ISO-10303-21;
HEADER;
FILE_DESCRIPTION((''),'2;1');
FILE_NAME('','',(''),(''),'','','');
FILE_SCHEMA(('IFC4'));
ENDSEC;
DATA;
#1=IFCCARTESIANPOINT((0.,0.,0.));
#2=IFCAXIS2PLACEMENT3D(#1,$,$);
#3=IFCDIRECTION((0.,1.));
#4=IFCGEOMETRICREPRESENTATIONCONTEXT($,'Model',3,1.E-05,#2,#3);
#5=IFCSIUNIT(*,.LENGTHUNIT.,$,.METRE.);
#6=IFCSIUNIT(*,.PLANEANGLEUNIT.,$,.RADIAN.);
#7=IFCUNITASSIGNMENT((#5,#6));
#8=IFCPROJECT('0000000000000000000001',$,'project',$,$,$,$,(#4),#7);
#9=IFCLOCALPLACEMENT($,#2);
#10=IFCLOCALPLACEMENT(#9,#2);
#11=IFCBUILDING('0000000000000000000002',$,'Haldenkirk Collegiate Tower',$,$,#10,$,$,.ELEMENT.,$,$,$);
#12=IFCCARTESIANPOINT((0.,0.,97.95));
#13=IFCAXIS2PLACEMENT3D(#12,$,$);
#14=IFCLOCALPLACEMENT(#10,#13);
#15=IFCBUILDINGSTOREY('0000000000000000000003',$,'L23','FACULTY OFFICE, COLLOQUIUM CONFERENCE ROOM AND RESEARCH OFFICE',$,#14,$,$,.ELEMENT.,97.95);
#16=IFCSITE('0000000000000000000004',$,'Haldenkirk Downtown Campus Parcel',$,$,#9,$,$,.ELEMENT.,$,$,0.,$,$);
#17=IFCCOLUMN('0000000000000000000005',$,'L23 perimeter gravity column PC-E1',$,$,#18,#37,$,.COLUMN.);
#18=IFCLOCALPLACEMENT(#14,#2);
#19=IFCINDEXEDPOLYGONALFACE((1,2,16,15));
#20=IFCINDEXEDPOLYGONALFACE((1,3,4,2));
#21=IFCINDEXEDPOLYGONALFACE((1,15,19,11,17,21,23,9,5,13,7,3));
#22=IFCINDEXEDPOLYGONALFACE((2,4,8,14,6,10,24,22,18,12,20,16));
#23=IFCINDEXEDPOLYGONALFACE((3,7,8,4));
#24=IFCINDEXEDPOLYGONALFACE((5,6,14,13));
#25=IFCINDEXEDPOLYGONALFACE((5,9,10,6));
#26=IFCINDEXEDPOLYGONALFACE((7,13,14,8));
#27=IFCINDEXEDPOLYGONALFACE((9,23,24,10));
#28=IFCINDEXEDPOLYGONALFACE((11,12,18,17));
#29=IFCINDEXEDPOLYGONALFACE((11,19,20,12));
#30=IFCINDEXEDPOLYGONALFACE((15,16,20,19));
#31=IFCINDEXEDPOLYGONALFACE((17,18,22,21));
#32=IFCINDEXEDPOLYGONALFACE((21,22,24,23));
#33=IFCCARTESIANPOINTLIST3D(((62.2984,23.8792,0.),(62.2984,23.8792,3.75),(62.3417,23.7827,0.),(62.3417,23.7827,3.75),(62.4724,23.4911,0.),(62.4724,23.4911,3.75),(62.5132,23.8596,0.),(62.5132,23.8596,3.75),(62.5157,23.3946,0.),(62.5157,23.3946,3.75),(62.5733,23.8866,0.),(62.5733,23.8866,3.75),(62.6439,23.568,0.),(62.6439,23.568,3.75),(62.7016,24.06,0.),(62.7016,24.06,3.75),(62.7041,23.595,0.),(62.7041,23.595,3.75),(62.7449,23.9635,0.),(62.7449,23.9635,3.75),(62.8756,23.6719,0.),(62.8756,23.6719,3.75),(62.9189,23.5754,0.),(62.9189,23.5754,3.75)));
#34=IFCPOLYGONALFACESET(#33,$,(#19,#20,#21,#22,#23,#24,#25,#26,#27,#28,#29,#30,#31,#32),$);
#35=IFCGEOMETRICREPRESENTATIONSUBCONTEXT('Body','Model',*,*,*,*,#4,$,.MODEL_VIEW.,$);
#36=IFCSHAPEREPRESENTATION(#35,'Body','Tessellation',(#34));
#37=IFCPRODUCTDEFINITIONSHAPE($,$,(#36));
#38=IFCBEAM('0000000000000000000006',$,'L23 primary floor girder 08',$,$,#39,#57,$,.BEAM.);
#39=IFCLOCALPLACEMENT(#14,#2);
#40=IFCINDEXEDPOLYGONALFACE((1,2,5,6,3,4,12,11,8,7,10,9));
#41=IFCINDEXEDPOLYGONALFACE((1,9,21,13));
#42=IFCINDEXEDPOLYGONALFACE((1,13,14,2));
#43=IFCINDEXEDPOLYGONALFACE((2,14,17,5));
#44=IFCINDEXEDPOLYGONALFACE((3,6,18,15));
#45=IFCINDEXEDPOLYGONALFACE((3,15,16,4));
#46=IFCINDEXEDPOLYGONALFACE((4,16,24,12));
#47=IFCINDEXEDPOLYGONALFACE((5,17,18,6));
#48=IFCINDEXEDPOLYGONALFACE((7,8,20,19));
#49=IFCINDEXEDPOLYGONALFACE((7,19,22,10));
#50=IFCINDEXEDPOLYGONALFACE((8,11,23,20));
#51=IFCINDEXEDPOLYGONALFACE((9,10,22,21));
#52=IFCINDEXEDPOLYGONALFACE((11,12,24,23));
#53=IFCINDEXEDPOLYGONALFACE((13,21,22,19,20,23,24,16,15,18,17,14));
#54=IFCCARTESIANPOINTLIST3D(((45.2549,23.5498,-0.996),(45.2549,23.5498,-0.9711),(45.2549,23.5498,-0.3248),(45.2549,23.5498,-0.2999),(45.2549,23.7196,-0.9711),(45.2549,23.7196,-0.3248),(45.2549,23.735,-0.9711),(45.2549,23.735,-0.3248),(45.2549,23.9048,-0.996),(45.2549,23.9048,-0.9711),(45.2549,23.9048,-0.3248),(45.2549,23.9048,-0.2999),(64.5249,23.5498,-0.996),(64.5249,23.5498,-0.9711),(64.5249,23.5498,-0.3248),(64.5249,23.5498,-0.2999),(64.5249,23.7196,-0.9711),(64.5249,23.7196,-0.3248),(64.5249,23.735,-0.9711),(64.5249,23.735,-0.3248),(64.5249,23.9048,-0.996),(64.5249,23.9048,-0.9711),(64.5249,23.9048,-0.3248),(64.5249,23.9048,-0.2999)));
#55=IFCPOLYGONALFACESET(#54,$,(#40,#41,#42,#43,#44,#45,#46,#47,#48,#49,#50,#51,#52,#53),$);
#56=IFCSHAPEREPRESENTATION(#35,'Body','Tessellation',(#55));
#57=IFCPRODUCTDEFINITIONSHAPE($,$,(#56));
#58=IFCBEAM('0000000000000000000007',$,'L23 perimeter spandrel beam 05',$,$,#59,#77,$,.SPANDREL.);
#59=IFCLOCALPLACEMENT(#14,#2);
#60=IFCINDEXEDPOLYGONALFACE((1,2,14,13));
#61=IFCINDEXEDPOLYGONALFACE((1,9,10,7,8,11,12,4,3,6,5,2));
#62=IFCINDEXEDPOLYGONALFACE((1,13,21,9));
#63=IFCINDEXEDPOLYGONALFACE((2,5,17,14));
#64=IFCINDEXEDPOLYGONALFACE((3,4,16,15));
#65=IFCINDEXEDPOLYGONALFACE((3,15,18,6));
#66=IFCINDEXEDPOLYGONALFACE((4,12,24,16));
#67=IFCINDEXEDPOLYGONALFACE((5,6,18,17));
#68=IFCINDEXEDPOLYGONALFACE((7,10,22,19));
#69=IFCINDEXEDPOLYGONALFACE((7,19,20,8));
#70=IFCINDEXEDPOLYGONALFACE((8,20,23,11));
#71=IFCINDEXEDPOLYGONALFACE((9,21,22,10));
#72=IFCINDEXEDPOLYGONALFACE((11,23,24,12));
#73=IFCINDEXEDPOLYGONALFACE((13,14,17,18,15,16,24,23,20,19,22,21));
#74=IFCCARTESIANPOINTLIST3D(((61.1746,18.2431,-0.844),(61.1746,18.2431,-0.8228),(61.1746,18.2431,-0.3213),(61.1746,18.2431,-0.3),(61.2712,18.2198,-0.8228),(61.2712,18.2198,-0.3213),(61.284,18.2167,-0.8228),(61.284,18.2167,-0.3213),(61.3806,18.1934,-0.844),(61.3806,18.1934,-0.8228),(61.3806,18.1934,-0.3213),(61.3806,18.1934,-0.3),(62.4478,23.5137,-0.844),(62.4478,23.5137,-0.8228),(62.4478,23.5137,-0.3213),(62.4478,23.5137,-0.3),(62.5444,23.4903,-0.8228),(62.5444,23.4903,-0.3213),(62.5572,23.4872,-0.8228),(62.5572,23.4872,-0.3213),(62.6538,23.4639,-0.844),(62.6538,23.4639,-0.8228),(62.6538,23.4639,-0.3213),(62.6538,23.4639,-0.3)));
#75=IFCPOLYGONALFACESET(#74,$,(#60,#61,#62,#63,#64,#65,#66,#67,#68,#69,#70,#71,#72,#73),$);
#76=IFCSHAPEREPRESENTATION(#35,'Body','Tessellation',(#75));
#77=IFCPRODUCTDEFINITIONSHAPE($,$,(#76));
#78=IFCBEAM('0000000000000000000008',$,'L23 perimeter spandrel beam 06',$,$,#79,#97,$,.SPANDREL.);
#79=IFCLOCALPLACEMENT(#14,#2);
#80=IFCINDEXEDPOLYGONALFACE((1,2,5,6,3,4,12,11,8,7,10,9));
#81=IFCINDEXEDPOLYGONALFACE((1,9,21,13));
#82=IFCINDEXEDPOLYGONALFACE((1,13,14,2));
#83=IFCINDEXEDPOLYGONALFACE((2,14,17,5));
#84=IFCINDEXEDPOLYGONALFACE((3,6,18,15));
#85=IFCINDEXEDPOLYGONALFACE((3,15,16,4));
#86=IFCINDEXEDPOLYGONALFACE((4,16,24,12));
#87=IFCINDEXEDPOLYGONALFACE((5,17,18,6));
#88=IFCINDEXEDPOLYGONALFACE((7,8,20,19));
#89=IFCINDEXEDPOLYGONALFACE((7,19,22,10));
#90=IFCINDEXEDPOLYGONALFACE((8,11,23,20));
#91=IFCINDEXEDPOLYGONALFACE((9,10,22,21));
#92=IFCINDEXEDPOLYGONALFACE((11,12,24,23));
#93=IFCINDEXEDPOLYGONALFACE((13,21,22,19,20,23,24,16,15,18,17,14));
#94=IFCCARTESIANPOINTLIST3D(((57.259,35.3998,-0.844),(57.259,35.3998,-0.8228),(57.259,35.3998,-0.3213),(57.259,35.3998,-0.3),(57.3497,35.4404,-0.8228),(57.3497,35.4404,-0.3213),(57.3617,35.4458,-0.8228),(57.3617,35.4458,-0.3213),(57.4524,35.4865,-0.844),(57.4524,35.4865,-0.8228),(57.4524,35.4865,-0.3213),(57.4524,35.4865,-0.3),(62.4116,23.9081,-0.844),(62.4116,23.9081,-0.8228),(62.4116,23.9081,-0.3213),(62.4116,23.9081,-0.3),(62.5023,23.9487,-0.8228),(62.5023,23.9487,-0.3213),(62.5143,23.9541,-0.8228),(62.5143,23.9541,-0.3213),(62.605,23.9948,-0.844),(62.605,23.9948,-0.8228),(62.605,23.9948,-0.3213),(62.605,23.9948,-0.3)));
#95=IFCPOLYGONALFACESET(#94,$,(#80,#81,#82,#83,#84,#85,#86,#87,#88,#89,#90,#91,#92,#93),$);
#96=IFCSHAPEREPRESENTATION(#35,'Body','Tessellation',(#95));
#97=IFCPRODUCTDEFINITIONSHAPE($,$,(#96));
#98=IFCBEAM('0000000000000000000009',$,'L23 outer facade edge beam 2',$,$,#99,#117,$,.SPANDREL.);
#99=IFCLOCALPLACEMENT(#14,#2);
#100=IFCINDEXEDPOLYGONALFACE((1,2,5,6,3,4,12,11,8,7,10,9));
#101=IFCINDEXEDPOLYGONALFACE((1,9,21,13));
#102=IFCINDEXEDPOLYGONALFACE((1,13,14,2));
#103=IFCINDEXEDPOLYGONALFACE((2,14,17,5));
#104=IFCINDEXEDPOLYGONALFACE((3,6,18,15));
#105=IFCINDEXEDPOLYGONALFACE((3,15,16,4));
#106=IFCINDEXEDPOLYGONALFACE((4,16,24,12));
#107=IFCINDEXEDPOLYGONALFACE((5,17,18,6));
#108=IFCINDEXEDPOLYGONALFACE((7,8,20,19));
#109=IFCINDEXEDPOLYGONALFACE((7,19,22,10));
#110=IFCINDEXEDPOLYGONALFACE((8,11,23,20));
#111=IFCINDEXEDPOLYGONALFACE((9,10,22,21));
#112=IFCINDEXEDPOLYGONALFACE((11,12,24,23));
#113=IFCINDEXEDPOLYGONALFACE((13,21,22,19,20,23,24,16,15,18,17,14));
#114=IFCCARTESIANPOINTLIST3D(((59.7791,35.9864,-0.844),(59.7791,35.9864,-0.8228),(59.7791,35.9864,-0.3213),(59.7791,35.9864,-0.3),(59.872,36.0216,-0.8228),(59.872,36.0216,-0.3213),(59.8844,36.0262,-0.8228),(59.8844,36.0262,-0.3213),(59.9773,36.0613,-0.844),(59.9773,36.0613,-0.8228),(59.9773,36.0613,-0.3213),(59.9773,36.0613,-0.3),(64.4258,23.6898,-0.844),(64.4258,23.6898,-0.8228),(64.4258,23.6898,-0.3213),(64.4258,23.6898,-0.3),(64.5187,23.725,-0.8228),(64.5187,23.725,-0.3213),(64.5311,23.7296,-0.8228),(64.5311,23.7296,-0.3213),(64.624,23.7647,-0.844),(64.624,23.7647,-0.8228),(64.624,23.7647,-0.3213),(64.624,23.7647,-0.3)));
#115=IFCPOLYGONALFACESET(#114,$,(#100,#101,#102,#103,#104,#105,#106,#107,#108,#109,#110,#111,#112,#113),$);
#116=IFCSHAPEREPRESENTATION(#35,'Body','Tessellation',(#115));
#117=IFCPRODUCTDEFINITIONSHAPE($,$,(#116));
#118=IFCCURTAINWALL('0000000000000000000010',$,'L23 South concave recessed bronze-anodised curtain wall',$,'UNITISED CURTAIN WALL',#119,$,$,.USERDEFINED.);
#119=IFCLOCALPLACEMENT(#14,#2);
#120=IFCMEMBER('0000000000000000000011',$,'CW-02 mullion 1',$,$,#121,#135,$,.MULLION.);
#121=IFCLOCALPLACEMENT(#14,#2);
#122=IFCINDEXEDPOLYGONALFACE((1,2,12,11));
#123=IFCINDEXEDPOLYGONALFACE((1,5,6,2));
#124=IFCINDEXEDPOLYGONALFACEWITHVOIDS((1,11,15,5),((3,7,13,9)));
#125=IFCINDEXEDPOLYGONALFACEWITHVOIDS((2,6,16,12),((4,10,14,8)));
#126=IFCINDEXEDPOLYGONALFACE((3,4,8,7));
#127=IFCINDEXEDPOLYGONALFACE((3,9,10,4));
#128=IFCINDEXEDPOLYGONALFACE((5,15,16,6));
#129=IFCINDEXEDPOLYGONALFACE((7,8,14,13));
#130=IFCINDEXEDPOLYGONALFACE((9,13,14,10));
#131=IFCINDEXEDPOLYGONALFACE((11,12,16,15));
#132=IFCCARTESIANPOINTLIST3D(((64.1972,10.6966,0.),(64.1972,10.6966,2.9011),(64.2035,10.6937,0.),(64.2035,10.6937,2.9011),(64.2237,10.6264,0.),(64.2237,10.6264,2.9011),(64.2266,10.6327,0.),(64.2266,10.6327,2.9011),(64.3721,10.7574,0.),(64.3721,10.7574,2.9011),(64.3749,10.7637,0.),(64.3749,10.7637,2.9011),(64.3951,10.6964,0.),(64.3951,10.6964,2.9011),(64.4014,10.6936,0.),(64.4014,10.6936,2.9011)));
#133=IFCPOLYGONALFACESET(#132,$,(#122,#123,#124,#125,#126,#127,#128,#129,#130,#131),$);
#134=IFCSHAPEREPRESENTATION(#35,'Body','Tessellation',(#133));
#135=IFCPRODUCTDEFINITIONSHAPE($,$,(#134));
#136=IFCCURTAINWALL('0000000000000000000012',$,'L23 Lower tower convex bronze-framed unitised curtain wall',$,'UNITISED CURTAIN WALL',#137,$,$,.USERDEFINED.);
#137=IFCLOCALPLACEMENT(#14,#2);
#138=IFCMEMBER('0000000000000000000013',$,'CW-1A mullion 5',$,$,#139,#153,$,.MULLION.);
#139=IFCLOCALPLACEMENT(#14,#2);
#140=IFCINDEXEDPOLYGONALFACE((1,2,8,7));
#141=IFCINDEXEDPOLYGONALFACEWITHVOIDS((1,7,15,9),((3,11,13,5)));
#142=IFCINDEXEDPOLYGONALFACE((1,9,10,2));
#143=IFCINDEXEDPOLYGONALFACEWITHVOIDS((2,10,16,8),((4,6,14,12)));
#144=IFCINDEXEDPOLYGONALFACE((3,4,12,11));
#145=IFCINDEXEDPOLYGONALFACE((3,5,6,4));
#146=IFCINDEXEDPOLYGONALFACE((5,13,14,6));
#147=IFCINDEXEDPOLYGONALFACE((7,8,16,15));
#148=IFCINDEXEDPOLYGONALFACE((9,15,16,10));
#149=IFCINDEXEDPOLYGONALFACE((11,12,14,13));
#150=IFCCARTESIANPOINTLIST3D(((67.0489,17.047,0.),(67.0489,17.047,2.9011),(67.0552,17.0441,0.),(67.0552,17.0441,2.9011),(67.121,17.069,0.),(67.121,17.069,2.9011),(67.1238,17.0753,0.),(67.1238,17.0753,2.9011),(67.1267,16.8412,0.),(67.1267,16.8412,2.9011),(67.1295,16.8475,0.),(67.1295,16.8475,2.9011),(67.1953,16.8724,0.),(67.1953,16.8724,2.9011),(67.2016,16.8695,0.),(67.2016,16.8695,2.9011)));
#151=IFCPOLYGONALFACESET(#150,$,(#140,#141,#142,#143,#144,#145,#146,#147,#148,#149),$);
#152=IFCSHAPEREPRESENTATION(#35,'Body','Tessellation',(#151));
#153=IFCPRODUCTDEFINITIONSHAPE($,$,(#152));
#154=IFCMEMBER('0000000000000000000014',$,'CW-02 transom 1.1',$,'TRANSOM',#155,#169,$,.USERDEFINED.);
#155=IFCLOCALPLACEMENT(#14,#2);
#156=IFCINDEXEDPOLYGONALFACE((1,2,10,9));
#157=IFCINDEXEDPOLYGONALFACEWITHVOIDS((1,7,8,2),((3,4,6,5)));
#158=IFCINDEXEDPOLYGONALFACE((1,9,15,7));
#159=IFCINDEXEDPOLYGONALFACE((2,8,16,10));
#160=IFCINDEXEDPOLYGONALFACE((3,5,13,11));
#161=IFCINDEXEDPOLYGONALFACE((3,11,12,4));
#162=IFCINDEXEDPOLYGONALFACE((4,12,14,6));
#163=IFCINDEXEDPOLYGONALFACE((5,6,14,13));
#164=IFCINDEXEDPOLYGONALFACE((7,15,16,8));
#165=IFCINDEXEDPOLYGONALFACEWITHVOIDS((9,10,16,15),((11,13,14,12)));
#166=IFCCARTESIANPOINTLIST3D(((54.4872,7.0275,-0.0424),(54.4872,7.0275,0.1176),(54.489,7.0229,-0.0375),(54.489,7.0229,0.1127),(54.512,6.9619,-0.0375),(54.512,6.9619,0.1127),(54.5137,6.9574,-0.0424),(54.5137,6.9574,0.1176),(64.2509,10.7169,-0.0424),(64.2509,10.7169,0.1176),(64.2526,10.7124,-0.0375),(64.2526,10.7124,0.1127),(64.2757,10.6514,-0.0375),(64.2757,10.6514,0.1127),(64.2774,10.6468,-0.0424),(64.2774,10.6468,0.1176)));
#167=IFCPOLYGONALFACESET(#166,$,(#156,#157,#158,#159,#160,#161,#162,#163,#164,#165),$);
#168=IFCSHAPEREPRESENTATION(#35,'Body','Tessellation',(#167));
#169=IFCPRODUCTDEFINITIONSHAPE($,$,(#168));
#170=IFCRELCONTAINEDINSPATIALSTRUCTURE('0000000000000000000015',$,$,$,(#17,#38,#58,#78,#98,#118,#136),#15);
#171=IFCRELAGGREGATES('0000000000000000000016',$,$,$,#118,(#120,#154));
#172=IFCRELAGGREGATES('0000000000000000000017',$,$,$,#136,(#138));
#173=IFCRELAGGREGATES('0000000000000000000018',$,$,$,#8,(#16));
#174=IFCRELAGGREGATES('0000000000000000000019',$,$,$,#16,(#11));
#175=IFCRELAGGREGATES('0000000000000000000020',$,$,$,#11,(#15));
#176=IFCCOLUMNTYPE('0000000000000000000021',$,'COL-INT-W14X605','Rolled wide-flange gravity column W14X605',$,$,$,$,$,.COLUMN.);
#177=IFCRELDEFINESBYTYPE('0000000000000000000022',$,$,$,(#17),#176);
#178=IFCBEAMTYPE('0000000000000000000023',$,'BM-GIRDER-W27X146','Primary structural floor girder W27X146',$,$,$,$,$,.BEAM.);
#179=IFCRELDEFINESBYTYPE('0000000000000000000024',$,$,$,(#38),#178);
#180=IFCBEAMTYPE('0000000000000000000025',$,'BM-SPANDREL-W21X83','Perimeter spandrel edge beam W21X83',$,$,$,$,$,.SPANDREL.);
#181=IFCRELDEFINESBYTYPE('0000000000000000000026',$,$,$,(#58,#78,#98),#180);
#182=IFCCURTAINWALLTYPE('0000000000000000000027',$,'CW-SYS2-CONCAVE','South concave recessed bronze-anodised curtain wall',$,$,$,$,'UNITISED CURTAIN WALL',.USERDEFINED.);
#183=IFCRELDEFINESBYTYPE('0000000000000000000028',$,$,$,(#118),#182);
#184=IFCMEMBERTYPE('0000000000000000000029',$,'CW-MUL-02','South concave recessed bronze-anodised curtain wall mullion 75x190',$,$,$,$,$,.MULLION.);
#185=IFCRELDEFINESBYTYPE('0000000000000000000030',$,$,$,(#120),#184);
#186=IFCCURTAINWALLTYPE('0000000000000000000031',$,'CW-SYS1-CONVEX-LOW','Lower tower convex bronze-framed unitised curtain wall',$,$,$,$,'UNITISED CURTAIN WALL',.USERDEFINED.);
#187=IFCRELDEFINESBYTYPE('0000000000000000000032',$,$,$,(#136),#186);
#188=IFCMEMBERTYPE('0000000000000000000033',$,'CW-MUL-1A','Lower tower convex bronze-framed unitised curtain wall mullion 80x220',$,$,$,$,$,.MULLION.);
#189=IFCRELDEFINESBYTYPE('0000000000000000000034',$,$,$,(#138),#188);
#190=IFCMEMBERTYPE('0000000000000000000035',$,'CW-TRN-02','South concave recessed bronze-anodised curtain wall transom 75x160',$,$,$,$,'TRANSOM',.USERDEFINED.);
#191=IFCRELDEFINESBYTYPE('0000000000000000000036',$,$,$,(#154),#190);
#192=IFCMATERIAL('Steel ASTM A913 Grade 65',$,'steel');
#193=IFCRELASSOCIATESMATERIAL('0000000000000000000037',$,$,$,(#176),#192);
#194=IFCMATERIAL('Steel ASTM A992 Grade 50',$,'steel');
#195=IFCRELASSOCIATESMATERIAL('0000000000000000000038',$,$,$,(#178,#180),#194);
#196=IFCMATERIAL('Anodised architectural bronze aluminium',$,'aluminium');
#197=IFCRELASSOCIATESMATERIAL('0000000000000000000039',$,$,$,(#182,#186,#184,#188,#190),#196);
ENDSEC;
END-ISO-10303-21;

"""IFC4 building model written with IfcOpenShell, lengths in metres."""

from ifc_helpers import new_model, si_unit, direction, frame, origin, origin_2d, place, context, subcontext, project, spatial, hollow_rectangle, i_section, extrude, material, material_profile, profile_set, type_object, element, aggregate, save


model = new_model("IFC4")

# Units and contexts
model_context = context("Model", 3, precision=1e-05, world=origin(), true_north=direction((0.0, 1.0)))
body_context = subcontext(model_context, "Body", "Model", "MODEL_VIEW")
ifc_project = project(units=[si_unit("LENGTHUNIT", "METRE"), si_unit("PLANEANGLEUNIT", "RADIAN")], contexts=[model_context])

# Site, building, storey
site_placement = place(None, origin())
site = spatial("IfcSite", under=ifc_project, at=site_placement, Name="Haldenkirk Downtown Campus Parcel", CompositionType="ELEMENT", RefElevation=0.0)
building_placement = place(site_placement, origin())
building = spatial("IfcBuilding", under=site, at=building_placement, Name="Haldenkirk Collegiate Tower", CompositionType="ELEMENT")
storey_placement = place(building_placement, frame((0.0, 0.0, 97.95)))
storey = spatial("IfcBuildingStorey", under=building, at=storey_placement, Name="L23", Description="FACULTY OFFICE, COLLOQUIUM CONFERENCE ROOM AND RESEARCH OFFICE", CompositionType="ELEMENT", Elevation=97.95)

# Column
ifc_material_1 = material(Name="Steel ASTM A913 Grade 65", Category="steel")
ifc_material_profile_1 = material_profile(ifc_material_1, i_section(OverallWidth=0.4419, OverallDepth=0.531, WebThickness=0.0659, FlangeThickness=0.1057, at=origin_2d()), Name="W14X605")
ifc_profile_set_1 = profile_set([ifc_material_profile_1], Name="Steel ASTM A913 Grade 65")
column_type = type_object("IfcColumnType", Name="COL-INT-W14X605", Description="Rolled wide-flange gravity column W14X605", PredefinedType="COLUMN", material=ifc_profile_set_1)
column_placement = place(storey_placement, frame((62.6086, 23.7273, 0.0), z_axis=(0.0, 0.0, 1.0), x_axis=(0.912477, 0.409127, 0.0)))
element("IfcColumn", 1, at=column_placement, inside=storey, type_object=column_type, Name="L23 perimeter gravity column PC-E1", PredefinedType="COLUMN", context=body_context, shape_type="SweptSolid", body=[
    extrude(i_section(OverallWidth=0.4419, OverallDepth=0.531, WebThickness=0.0659, FlangeThickness=0.1057, at=origin_2d()), origin(), (0.0, 0.0, 1.0), 3.75),
])

# Beams
ifc_material_2 = material(Name="Steel ASTM A992 Grade 50", Category="steel")
ifc_material_profile_2 = material_profile(ifc_material_2, i_section(OverallWidth=0.355, OverallDepth=0.696, WebThickness=0.0154, FlangeThickness=0.0249, at=origin_2d()), Name="W27X146")
ifc_profile_set_2 = profile_set([ifc_material_profile_2], Name="Steel ASTM A992 Grade 50")
beam_type_1 = type_object("IfcBeamType", Name="BM-GIRDER-W27X146", Description="Primary structural floor girder W27X146", PredefinedType="BEAM", material=ifc_profile_set_2)
beam_1_placement = place(storey_placement, frame((64.5249, 23.7273, -0.6479), z_axis=(-1.0, 0.0, 0.0), x_axis=(0.0, -1.0, 0.0)))
element("IfcBeam", 2, at=beam_1_placement, inside=storey, type_object=beam_type_1, Name="L23 primary floor girder 08", PredefinedType="BEAM", context=body_context, shape_type="SweptSolid", body=[
    extrude(i_section(OverallWidth=0.355, OverallDepth=0.696, WebThickness=0.0154, FlangeThickness=0.0249, at=origin_2d()), origin(), (0.0, 0.0, 1.0), 19.27),
])
ifc_material_profile_3 = material_profile(ifc_material_2, i_section(OverallWidth=0.2119, OverallDepth=0.5439, WebThickness=0.0132, FlangeThickness=0.0212, at=origin_2d()), Name="W21X83")
ifc_profile_set_3 = profile_set([ifc_material_profile_3], Name="Steel ASTM A992 Grade 50")
beam_type_2 = type_object("IfcBeamType", Name="BM-SPANDREL-W21X83", Description="Perimeter spandrel edge beam W21X83", PredefinedType="SPANDREL", material=ifc_profile_set_3)
beam_2_placement = place(storey_placement, frame((61.2776, 18.2183, -0.572), z_axis=(0.234815, 0.97204, 0.0), x_axis=(-0.97204, 0.234815, 0.0)))
element("IfcBeam", 3, at=beam_2_placement, inside=storey, type_object=beam_type_2, Name="L23 perimeter spandrel beam 05", PredefinedType="SPANDREL", context=body_context, shape_type="SweptSolid", body=[
    extrude(i_section(OverallWidth=0.2119, OverallDepth=0.5439, WebThickness=0.0132, FlangeThickness=0.0212, at=origin_2d()), origin(), (0.0, 0.0, 1.0), 5.4221),
])
beam_3_placement = place(storey_placement, frame((62.5083, 23.9514, -0.572), z_axis=(-0.409131, 0.912476, 0.0), x_axis=(-0.912476, -0.409131, 0.0)))
element("IfcBeam", 4, at=beam_3_placement, inside=storey, type_object=beam_type_2, Name="L23 perimeter spandrel beam 06", PredefinedType="SPANDREL", context=body_context, shape_type="SweptSolid", body=[
    extrude(i_section(OverallWidth=0.2119, OverallDepth=0.5439, WebThickness=0.0132, FlangeThickness=0.0212, at=origin_2d()), origin(), (0.0, 0.0, 1.0), 12.594),
])
beam_4_placement = place(storey_placement, frame((64.5249, 23.7273, -0.572), z_axis=(-0.353489, 0.935439, 0.0), x_axis=(-0.935439, -0.353489, 0.0)))
element("IfcBeam", 5, at=beam_4_placement, inside=storey, type_object=beam_type_2, Name="L23 outer facade edge beam 2", PredefinedType="SPANDREL", context=body_context, shape_type="SweptSolid", body=[
    extrude(i_section(OverallWidth=0.2119, OverallDepth=0.5439, WebThickness=0.0132, FlangeThickness=0.0212, at=origin_2d()), origin(), (0.0, 0.0, 1.0), 13.1453),
])

# Curtain walls, members
ifc_material_3 = material(Name="Anodised architectural bronze aluminium", Category="aluminium")
curtain_wall_type_1 = type_object("IfcCurtainWallType", Name="CW-SYS2-CONCAVE", Description="South concave recessed bronze-anodised curtain wall", ElementType="UNITISED CURTAIN WALL", PredefinedType="USERDEFINED", material=ifc_material_3)
curtain_wall_1_placement = place(storey_placement, origin())
curtain_wall_1 = element("IfcCurtainWall", 6, at=curtain_wall_1_placement, inside=storey, type_object=curtain_wall_type_1, Name="L23 South concave recessed bronze-anodised curtain wall", ObjectType="UNITISED CURTAIN WALL", PredefinedType="USERDEFINED")
ifc_material_profile_4 = material_profile(ifc_material_3, hollow_rectangle(XDim=0.075, YDim=0.1899, WallThickness=0.0049, at=origin_2d()), Name="CW-MUL-02")
ifc_profile_set_4 = profile_set([ifc_material_profile_4], Name="Anodised architectural bronze aluminium")
member_type_1 = type_object("IfcMemberType", Name="CW-MUL-02", Description="South concave recessed bronze-anodised curtain wall mullion 75x190", PredefinedType="MULLION", material=ifc_profile_set_4)
member_1_placement = place(storey_placement, frame((64.2993, 10.6951, 0.0), z_axis=(0.0, 0.0, 1.0), x_axis=(0.353476, -0.935443, 0.0)))
member_1 = element("IfcMember", 7, at=member_1_placement, type_object=member_type_1, Name="CW-02 mullion 1", PredefinedType="MULLION", context=body_context, shape_type="SweptSolid", body=[
    extrude(hollow_rectangle(XDim=0.075, YDim=0.1899, WallThickness=0.0049, at=origin_2d()), origin(), (0.0, 0.0, 1.0), 2.9011),
])
curtain_wall_type_2 = type_object("IfcCurtainWallType", Name="CW-SYS1-CONVEX-LOW", Description="Lower tower convex bronze-framed unitised curtain wall", ElementType="UNITISED CURTAIN WALL", PredefinedType="USERDEFINED", material=ifc_material_3)
curtain_wall_2_placement = place(storey_placement, origin())
curtain_wall_2 = element("IfcCurtainWall", 8, at=curtain_wall_2_placement, inside=storey, type_object=curtain_wall_type_2, Name="L23 Lower tower convex bronze-framed unitised curtain wall", ObjectType="UNITISED CURTAIN WALL", PredefinedType="USERDEFINED")
ifc_material_profile_5 = material_profile(ifc_material_3, hollow_rectangle(XDim=0.0801, YDim=0.22, WallThickness=0.0049, at=origin_2d()), Name="CW-MUL-1A")
ifc_profile_set_5 = profile_set([ifc_material_profile_5], Name="Anodised architectural bronze aluminium")
member_type_2 = type_object("IfcMemberType", Name="CW-MUL-1A", Description="Lower tower convex bronze-framed unitised curtain wall mullion 80x220", PredefinedType="MULLION", material=ifc_profile_set_5)
member_2_placement = place(storey_placement, frame((67.1252, 16.9583, 0.0), z_axis=(0.0, 0.0, 1.0), x_axis=(0.935443, 0.353477, 0.0)))
member_2 = element("IfcMember", 9, at=member_2_placement, type_object=member_type_2, Name="CW-1A mullion 5", PredefinedType="MULLION", context=body_context, shape_type="SweptSolid", body=[
    extrude(hollow_rectangle(XDim=0.0801, YDim=0.22, WallThickness=0.0049, at=origin_2d()), origin(), (0.0, 0.0, 1.0), 2.9011),
])

# Member
ifc_material_profile_6 = material_profile(ifc_material_3, hollow_rectangle(XDim=0.075, YDim=0.1599, WallThickness=0.0049, at=origin_2d()), Name="CW-TRN-02")
ifc_profile_set_6 = profile_set([ifc_material_profile_6], Name="Anodised architectural bronze aluminium")
member_type_3 = type_object("IfcMemberType", Name="CW-TRN-02", Description="South concave recessed bronze-anodised curtain wall transom 75x160", ElementType="TRANSOM", PredefinedType="USERDEFINED", material=ifc_profile_set_6)
member_3_placement = place(storey_placement, frame((64.2642, 10.6819, 0.0376), z_axis=(-0.935442, -0.353481, 0.0), x_axis=(0.353481, -0.935442, 0.0)))
member_3 = element("IfcMember", 10, at=member_3_placement, type_object=member_type_3, Name="CW-02 transom 1.1", ObjectType="TRANSOM", PredefinedType="USERDEFINED", context=body_context, shape_type="SweptSolid", body=[
    extrude(hollow_rectangle(XDim=0.075, YDim=0.1599, WallThickness=0.0049, at=origin_2d()), origin(), (0.0, 0.0, 1.0), 10.4375),
])
aggregate(curtain_wall_1, [member_1, member_3])

aggregate(curtain_wall_2, [member_2])

save(model, "model.ifc")
